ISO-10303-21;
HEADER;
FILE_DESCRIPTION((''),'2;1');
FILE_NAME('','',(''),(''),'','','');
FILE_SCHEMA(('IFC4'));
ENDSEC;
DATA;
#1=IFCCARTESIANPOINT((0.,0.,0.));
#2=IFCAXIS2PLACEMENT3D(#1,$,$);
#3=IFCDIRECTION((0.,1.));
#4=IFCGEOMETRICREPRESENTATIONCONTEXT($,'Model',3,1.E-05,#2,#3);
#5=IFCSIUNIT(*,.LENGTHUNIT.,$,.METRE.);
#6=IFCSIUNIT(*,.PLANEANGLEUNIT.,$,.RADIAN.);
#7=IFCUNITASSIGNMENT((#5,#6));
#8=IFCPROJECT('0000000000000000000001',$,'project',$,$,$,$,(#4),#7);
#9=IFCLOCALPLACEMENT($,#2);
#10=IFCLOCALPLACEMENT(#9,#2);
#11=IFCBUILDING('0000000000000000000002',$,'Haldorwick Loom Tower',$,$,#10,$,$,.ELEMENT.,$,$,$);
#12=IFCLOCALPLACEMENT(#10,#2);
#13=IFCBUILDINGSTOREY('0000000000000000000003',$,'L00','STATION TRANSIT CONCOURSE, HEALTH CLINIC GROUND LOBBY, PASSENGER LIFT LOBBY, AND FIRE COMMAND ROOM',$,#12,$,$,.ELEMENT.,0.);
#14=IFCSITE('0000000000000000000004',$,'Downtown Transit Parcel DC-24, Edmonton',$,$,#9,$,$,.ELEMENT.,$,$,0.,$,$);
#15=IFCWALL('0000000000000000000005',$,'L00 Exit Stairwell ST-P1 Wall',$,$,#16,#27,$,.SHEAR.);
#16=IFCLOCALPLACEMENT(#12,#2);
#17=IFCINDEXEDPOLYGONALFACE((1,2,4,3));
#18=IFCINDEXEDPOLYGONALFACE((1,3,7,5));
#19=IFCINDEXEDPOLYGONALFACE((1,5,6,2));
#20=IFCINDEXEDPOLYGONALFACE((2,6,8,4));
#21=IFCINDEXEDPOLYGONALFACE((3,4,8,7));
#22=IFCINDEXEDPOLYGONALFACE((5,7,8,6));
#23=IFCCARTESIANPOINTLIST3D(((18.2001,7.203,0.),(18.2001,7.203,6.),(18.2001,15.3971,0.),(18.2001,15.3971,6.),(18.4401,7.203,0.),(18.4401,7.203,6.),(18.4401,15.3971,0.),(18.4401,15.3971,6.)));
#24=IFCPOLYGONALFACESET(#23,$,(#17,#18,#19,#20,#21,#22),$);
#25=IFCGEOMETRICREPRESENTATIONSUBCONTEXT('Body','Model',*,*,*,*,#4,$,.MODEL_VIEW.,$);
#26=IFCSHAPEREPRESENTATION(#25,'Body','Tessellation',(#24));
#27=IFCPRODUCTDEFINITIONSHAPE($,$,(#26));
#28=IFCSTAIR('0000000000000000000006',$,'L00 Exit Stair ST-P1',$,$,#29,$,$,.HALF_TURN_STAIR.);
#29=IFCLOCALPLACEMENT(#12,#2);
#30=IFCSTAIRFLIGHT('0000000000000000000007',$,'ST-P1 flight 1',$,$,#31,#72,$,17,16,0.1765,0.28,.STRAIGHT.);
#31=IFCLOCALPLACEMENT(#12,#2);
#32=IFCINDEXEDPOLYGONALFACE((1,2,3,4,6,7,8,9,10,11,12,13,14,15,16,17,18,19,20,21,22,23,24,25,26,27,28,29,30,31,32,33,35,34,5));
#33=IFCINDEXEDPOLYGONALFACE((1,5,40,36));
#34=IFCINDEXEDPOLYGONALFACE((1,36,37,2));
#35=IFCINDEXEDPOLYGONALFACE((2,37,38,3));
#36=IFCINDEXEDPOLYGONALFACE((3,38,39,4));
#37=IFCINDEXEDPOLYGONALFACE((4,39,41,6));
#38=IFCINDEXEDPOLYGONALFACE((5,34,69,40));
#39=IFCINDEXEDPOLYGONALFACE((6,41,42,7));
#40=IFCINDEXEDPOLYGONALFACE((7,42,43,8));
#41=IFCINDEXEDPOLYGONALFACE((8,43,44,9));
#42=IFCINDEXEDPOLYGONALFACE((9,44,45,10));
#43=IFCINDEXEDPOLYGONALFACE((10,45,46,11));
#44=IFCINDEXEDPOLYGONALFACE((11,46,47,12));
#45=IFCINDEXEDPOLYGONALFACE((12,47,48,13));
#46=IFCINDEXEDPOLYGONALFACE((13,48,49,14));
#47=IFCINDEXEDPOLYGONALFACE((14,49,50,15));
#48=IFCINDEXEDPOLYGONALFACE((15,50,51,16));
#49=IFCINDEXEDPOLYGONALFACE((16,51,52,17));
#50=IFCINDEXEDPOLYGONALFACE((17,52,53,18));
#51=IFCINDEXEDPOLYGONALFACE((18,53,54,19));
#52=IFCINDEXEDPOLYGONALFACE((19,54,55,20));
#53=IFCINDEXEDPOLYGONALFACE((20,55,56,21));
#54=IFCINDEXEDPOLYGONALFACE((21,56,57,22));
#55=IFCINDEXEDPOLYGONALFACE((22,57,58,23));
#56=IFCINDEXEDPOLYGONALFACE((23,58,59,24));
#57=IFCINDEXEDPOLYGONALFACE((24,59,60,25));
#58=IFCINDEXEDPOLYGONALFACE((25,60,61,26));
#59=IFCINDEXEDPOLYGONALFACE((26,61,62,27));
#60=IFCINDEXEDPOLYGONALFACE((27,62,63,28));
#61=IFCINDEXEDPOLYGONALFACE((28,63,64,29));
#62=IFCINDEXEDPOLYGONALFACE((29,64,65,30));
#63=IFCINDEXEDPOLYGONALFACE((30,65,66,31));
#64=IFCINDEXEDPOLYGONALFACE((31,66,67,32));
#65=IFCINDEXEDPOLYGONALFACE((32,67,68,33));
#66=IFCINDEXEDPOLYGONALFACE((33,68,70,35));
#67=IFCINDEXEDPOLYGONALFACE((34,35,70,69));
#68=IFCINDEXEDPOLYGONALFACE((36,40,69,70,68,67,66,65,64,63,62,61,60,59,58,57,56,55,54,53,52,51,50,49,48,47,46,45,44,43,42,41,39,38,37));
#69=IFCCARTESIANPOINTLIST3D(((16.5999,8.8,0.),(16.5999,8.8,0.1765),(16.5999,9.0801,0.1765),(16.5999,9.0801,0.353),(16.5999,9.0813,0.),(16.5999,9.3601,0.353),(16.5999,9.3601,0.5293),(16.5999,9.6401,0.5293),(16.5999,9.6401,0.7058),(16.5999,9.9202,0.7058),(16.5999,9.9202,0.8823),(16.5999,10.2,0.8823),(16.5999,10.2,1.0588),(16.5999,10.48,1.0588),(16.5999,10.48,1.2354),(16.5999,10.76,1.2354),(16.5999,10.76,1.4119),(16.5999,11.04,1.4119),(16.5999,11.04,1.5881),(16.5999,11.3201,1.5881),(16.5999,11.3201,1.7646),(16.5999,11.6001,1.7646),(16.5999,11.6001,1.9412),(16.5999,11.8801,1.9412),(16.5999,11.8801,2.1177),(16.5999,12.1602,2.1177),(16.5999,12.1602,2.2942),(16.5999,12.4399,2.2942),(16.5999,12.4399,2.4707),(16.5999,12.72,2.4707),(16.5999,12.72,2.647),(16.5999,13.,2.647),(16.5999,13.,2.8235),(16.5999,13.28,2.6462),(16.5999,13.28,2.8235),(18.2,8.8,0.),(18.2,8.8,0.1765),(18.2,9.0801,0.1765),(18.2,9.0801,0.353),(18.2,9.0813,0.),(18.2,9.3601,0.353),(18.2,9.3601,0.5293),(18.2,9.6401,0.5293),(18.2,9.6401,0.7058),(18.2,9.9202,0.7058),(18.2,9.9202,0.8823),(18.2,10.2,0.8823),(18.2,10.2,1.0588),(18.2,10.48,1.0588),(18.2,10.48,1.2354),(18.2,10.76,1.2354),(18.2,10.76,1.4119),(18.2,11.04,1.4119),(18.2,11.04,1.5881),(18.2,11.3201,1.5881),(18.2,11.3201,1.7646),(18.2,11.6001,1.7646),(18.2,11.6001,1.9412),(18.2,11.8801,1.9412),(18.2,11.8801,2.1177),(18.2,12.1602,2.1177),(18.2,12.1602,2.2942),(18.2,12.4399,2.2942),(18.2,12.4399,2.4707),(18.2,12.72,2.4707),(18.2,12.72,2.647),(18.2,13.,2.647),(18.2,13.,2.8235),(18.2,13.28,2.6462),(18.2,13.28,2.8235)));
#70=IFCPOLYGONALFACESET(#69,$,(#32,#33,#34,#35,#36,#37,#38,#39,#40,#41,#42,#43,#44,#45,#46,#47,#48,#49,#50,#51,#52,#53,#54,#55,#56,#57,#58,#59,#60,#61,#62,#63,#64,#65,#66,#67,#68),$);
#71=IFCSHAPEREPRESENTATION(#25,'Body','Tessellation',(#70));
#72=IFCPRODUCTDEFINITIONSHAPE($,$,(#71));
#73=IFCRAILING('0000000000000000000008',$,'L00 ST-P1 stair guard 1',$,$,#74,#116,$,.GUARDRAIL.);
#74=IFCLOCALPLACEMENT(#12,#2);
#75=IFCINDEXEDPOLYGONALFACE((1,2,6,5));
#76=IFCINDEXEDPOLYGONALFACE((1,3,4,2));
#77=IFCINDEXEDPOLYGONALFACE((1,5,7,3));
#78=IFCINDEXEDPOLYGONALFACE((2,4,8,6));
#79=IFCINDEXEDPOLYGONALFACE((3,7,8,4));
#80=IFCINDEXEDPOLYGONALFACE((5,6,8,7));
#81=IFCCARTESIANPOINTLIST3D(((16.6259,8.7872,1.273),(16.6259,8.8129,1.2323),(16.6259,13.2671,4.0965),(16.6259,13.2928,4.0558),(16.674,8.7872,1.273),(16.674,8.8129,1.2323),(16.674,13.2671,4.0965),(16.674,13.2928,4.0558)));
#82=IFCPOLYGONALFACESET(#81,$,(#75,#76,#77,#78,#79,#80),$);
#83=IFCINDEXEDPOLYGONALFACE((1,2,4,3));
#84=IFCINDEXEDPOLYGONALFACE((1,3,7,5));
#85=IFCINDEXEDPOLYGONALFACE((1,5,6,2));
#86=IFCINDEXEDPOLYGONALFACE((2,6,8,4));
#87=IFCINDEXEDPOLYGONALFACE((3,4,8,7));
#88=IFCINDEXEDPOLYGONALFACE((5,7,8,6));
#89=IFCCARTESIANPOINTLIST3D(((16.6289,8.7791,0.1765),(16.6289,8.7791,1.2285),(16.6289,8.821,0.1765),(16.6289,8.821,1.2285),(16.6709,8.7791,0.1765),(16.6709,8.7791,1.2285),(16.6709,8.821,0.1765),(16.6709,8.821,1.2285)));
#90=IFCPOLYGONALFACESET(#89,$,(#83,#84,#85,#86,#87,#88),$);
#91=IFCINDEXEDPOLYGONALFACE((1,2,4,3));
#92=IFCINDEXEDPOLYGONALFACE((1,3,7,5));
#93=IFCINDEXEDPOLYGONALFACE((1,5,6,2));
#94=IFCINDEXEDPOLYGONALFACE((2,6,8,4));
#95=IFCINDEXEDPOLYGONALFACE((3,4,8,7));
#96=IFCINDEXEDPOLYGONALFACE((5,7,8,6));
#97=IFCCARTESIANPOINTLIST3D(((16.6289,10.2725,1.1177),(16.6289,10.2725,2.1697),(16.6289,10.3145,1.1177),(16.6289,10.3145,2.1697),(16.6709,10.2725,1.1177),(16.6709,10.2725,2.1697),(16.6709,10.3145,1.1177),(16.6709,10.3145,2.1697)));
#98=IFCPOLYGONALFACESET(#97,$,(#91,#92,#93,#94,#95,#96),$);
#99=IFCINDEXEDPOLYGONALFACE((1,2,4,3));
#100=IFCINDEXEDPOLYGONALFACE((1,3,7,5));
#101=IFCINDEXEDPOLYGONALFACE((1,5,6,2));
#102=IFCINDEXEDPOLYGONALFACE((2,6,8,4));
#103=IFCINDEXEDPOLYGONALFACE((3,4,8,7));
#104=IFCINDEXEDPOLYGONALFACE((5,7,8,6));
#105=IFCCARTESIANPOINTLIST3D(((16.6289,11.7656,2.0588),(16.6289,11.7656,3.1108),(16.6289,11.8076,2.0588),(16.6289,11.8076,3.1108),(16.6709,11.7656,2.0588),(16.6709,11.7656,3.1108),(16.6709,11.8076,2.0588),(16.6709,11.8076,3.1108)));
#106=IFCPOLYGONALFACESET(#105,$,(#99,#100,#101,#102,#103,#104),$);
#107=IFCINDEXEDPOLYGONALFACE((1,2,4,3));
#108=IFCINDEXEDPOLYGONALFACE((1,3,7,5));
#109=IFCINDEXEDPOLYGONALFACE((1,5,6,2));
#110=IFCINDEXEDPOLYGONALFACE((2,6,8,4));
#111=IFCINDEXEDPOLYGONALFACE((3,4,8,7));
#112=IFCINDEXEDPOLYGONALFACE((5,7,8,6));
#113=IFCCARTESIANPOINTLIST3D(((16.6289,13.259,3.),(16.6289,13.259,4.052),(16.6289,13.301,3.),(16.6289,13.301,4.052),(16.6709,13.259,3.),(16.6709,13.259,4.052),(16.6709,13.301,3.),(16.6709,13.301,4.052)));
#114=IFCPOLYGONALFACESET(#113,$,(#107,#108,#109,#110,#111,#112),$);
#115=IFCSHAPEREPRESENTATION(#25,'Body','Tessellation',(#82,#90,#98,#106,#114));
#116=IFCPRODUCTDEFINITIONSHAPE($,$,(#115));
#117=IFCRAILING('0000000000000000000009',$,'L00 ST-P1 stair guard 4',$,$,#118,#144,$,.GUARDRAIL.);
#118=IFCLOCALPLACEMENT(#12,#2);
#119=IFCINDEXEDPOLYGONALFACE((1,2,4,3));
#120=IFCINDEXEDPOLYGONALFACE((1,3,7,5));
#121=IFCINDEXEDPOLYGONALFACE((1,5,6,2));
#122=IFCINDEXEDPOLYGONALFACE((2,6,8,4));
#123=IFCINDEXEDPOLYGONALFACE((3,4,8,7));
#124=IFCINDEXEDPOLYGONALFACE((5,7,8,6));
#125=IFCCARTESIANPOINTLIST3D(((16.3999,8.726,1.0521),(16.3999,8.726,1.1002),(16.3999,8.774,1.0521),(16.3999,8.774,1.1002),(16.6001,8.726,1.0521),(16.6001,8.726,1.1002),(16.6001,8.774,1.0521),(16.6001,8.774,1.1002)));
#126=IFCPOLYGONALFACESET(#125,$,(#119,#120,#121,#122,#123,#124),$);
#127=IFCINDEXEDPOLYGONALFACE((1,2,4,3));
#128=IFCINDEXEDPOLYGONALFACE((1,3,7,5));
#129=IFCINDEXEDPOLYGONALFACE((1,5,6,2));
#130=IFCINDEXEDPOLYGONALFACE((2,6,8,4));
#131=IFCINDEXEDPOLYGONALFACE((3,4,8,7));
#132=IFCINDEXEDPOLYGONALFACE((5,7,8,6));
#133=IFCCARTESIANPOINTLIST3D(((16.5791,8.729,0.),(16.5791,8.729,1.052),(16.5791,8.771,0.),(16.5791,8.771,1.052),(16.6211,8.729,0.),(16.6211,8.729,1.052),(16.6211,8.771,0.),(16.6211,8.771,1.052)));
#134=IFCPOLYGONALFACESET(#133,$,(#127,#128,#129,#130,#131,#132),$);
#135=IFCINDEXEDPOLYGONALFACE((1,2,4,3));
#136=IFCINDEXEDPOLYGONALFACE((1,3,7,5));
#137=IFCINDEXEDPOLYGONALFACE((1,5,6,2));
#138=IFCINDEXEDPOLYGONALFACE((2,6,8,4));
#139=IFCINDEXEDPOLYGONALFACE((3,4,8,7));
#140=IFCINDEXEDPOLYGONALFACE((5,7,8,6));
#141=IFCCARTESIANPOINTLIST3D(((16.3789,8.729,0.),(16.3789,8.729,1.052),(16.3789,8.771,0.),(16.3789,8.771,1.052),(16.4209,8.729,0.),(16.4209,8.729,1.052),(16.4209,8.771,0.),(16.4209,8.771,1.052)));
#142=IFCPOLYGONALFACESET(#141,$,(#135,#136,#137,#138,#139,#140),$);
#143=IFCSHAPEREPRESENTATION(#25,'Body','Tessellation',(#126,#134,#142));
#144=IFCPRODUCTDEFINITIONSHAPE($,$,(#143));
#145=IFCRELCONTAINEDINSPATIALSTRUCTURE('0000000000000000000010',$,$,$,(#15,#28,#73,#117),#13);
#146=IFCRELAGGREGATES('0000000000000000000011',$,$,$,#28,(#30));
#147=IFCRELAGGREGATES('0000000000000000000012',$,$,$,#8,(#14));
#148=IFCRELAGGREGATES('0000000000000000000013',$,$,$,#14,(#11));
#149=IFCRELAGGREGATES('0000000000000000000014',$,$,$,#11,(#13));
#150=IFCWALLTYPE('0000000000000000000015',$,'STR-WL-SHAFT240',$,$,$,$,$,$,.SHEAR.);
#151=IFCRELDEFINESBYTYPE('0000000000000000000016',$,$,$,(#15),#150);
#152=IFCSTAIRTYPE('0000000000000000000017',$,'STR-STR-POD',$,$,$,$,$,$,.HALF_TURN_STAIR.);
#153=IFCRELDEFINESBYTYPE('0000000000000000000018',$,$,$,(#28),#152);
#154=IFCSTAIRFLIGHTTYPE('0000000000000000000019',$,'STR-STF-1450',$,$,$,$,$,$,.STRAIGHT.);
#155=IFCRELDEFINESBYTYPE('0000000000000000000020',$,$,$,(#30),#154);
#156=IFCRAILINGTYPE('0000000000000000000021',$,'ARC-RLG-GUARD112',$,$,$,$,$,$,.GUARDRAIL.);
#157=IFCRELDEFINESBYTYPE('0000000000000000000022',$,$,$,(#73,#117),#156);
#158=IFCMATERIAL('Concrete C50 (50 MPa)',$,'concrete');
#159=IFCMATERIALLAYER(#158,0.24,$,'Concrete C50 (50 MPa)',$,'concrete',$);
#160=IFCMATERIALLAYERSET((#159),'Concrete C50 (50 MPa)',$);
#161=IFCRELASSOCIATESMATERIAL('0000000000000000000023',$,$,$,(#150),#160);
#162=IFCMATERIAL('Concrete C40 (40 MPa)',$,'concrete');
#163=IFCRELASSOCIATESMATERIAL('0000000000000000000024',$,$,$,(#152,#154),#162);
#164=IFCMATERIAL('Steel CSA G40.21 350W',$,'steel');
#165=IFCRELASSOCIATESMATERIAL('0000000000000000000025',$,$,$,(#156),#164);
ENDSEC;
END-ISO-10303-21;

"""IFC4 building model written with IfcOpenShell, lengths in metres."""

from ifc_helpers import new_model, si_unit, direction, frame, frame_2d, origin, origin_2d, place, context, subcontext, project, spatial, polyline, rectangle, outline, extrude, material, layer, layer_set, type_object, element, aggregate, save


model = new_model("IFC4")

# Units and contexts
model_context = context("Model", 3, precision=1e-05, world=origin(), true_north=direction((0.0, 1.0)))
body_context = subcontext(model_context, "Body", "Model", "MODEL_VIEW")
ifc_project = project(units=[si_unit("LENGTHUNIT", "METRE"), si_unit("PLANEANGLEUNIT", "RADIAN")], contexts=[model_context])

# Site, building, storey
site_placement = place(None, origin())
site = spatial("IfcSite", under=ifc_project, at=site_placement, Name="Downtown Transit Parcel DC-24, Edmonton", CompositionType="ELEMENT", RefElevation=0.0)
building_placement = place(site_placement, origin())
building = spatial("IfcBuilding", under=site, at=building_placement, Name="Haldorwick Loom Tower", CompositionType="ELEMENT")
storey_placement = place(building_placement, origin())
storey = spatial("IfcBuildingStorey", under=building, at=storey_placement, Name="L00", Description="STATION TRANSIT CONCOURSE, HEALTH CLINIC GROUND LOBBY, PASSENGER LIFT LOBBY, AND FIRE COMMAND ROOM", CompositionType="ELEMENT", Elevation=0.0)

# Shared definitions
ifc_material_1 = material(Name="Steel CSA G40.21 350W", Category="steel")

# Shared definitions
ifc_material_2 = material(Name="Concrete C50 (50 MPa)", Category="concrete")
ifc_layer_1 = layer(ifc_material_2, 0.24, Name="Concrete C50 (50 MPa)", Category="concrete")
ifc_layer_set_1 = layer_set([ifc_layer_1], Name="Concrete C50 (50 MPa)")
wall_type_1 = type_object("IfcWallType", Name="STR-WL-SHAFT240", PredefinedType="SHEAR", material=ifc_layer_set_1)

# Wall
for number, where, z_axis, x_axis, name in (
    (1, (18.3201, 7.2029, 0.0), (0.0, 0.0, 1.0), (0.0, 1.0, 0.0), "L00 Exit Stairwell ST-P1 Wall"),
):
    element("IfcWall", number, at=place(storey_placement, frame(where, z_axis=z_axis, x_axis=x_axis)), inside=storey, type_object=wall_type_1, Name=name, PredefinedType="SHEAR", context=body_context, shape_type="SweptSolid", body=[
        extrude(rectangle(XDim=8.1941, YDim=0.24, at=frame_2d((4.0972, 0.0))), origin(), (0.0, 0.0, 1.0), 6.0),
    ])

# Stair, stair flight
ifc_material_3 = material(Name="Concrete C40 (40 MPa)", Category="concrete")
stair_type = type_object("IfcStairType", Name="STR-STR-POD", PredefinedType="HALF_TURN_STAIR", material=ifc_material_3)
stair_placement = place(storey_placement, origin())
stair = element("IfcStair", 2, at=stair_placement, inside=storey, type_object=stair_type, Name="L00 Exit Stair ST-P1", PredefinedType="HALF_TURN_STAIR")
stair_flight_type = type_object("IfcStairFlightType", Name="STR-STF-1450", PredefinedType="STRAIGHT", material=ifc_material_3)
stair_flight_placement = place(storey_placement, frame((17.3999, 8.8, 0.0), z_axis=(0.0, 0.0, 1.0), x_axis=(0.0, 1.0, 0.0)))
stair_flight = element("IfcStairFlight", 3, at=stair_flight_placement, type_object=stair_flight_type, Name="ST-P1 flight 1", NumberOfRisers=17, NumberOfTreads=16, PredefinedType="STRAIGHT", RiserHeight=0.1765, TreadLength=0.28, context=body_context, shape_type="SweptSolid", body=[
    extrude(outline(polyline([(0.0, 0.0), (0.0, 0.1765), (0.28, 0.1765), (0.28, 0.353), (0.5601, 0.353), (0.5601, 0.5293), (0.8401, 0.5293), (0.8401, 0.7058), (1.1201, 0.7058), (1.1201, 0.8823), (1.3999, 0.8823), (1.3999, 1.0588), (1.6799, 1.0588), (1.6799, 1.2354), (1.96, 1.2354), (1.96, 1.4119), (2.24, 1.4119), (2.24, 1.5881), (2.52, 1.5881), (2.52, 1.7646), (2.8, 1.7646), (2.8, 1.9412), (3.0801, 1.9412), (3.0801, 2.1177), (3.3601, 2.1177), (3.3601, 2.2942), (3.6399, 2.2942), (3.6399, 2.4707), (3.9199, 2.4707), (3.9199, 2.647), (4.2, 2.647), (4.2, 2.8235), (4.48, 2.8235), (4.48, 3.0), (4.48, 2.6462), (0.2812, 0.0), (0.0, 0.0)])), frame((0.0, 0.8, 0.0), z_axis=(0.0, -1.0, 0.0), x_axis=(1.0, 0.0, 0.0)), (0.0, 0.0, 1.0), 1.6001),
])
aggregate(stair, [stair_flight])

# Railings
railing_type = type_object("IfcRailingType", Name="ARC-RLG-GUARD112", PredefinedType="GUARDRAIL", material=ifc_material_1)
railing_1_placement = place(storey_placement, frame((16.6499, 8.8, 0.1765)))
element("IfcRailing", 4, at=railing_1_placement, inside=storey, type_object=railing_type, Name="L00 ST-P1 stair guard 1", PredefinedType="GUARDRAIL", context=body_context, shape_type="SweptSolid", body=[
    extrude(rectangle(XDim=0.0481, YDim=0.0481, at=origin_2d()), frame((0.0, 0.0, 1.0762), z_axis=(0.0, 0.845998, 0.533186), x_axis=(-1.0, 0.0, 0.0)), (0.0, 0.0, 1.0), 5.2954),
    extrude(rectangle(XDim=0.042, YDim=0.042, at=origin_2d()), origin(), (0.0, 0.0, 1.0), 1.052),
    extrude(rectangle(XDim=0.042, YDim=0.042, at=origin_2d()), frame((0.0, 1.4934, 0.9412)), (0.0, 0.0, 1.0), 1.052),
    extrude(rectangle(XDim=0.042, YDim=0.042, at=origin_2d()), frame((0.0, 2.9866, 1.8823)), (0.0, 0.0, 1.0), 1.052),
    extrude(rectangle(XDim=0.042, YDim=0.042, at=origin_2d()), frame((0.0, 4.48, 2.8235)), (0.0, 0.0, 1.0), 1.052),
])
railing_2_placement = place(storey_placement, frame((16.6001, 8.75, 0.0)))
element("IfcRailing", 5, at=railing_2_placement, inside=storey, type_object=railing_type, Name="L00 ST-P1 stair guard 4", PredefinedType="GUARDRAIL", context=body_context, shape_type="SweptSolid", body=[
    extrude(rectangle(XDim=0.0481, YDim=0.0481, at=origin_2d()), frame((0.0, 0.0, 1.0762), z_axis=(-1.0, 0.0, 0.0), x_axis=(0.0, -1.0, 0.0)), (0.0, 0.0, 1.0), 0.2002),
    extrude(rectangle(XDim=0.042, YDim=0.042, at=origin_2d()), origin(), (0.0, 0.0, 1.0), 1.052),
    extrude(rectangle(XDim=0.042, YDim=0.042, at=origin_2d()), frame((-0.2002, 0.0, 0.0)), (0.0, 0.0, 1.0), 1.052),
])

save(model, "model.ifc")
